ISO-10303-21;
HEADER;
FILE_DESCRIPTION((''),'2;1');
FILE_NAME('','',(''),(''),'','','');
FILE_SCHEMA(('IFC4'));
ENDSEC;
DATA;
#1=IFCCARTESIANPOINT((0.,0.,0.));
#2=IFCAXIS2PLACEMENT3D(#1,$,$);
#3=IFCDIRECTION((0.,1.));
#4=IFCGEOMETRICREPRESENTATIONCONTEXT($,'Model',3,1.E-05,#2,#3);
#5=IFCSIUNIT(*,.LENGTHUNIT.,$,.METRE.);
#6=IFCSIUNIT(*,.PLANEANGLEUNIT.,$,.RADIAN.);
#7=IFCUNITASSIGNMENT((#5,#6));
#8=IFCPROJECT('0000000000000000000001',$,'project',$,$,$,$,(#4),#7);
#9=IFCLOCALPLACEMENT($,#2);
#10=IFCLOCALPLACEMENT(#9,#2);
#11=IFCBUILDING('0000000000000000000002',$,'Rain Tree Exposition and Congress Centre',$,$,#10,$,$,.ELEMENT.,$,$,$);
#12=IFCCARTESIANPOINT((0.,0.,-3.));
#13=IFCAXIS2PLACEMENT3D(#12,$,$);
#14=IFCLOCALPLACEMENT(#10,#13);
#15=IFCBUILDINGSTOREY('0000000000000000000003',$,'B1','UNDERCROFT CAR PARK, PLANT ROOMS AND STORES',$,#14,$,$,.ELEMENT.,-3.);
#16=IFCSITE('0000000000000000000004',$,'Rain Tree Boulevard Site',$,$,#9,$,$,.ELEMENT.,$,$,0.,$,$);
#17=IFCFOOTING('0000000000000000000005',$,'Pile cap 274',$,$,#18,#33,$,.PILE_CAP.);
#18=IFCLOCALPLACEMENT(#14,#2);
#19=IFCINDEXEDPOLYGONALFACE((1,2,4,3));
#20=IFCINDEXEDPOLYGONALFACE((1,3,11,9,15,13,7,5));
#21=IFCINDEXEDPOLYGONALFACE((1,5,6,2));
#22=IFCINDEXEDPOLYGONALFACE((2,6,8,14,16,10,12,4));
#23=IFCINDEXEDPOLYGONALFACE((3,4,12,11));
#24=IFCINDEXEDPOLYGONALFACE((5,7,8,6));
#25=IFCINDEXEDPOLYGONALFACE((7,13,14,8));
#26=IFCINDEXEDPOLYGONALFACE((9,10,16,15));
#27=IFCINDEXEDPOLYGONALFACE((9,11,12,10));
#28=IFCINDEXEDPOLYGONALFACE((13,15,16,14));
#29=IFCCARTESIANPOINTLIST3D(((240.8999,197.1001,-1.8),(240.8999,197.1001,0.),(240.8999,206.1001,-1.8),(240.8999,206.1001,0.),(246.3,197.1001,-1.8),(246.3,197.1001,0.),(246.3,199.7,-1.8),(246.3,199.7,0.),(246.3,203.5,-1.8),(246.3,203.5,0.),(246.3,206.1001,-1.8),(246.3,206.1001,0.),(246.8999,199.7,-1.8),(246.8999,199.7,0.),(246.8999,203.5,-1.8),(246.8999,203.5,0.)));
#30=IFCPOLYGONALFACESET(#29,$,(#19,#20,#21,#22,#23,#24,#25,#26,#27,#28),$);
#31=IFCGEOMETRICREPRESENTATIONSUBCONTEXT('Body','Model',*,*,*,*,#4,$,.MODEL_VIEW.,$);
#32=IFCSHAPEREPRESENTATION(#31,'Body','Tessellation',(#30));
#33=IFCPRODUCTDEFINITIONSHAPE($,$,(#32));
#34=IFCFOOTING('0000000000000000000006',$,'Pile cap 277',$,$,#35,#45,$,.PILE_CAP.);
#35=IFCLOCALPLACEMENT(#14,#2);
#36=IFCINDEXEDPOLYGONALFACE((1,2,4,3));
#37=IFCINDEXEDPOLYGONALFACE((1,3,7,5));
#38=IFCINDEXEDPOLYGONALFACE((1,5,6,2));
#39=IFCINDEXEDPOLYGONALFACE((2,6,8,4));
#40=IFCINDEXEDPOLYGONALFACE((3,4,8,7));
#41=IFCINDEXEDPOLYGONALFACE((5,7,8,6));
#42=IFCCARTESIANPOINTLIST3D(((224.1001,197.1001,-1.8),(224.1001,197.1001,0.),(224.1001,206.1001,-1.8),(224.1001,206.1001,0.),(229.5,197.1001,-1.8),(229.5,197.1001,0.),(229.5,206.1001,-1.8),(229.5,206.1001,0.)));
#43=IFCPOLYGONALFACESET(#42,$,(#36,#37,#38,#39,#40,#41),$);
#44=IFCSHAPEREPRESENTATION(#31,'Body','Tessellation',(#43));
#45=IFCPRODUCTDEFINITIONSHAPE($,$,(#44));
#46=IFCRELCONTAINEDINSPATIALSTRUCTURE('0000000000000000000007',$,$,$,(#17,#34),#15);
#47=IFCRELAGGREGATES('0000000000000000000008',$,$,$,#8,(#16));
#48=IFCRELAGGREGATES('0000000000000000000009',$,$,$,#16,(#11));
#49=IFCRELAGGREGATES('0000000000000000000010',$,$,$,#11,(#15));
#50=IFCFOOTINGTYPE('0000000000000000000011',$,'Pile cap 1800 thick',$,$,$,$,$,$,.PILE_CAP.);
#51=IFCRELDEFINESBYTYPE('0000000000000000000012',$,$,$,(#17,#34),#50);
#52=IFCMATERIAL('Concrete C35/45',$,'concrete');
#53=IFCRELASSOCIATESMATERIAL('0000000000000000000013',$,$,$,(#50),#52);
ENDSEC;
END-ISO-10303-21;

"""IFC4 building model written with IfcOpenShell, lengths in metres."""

from ifc_helpers import new_model, si_unit, direction, frame, origin, place, context, subcontext, project, spatial, polyline, outline, extrude, material, type_object, element, save


model = new_model("IFC4")

# Units and contexts
model_context = context("Model", 3, precision=1e-05, world=origin(), true_north=direction((0.0, 1.0)))
body_context = subcontext(model_context, "Body", "Model", "MODEL_VIEW")
ifc_project = project(units=[si_unit("LENGTHUNIT", "METRE"), si_unit("PLANEANGLEUNIT", "RADIAN")], contexts=[model_context])

# Site, building, storey
site_placement = place(None, origin())
site = spatial("IfcSite", under=ifc_project, at=site_placement, Name="Rain Tree Boulevard Site", CompositionType="ELEMENT", RefElevation=0.0)
building_placement = place(site_placement, origin())
building = spatial("IfcBuilding", under=site, at=building_placement, Name="Rain Tree Exposition and Congress Centre", CompositionType="ELEMENT")
storey_placement = place(building_placement, frame((0.0, 0.0, -3.0)))
storey = spatial("IfcBuildingStorey", under=building, at=storey_placement, Name="B1", Description="UNDERCROFT CAR PARK, PLANT ROOMS AND STORES", CompositionType="ELEMENT", Elevation=-3.0)

# Footings
ifc_material_1 = material(Name="Concrete C35/45", Category="concrete")
footing_type_1 = type_object("IfcFootingType", Name="Pile cap 1800 thick", PredefinedType="PILE_CAP", material=ifc_material_1)
footing_1_placement = place(storey_placement, frame((0.0, 0.0, -1.8)))
element("IfcFooting", 1, at=footing_1_placement, inside=storey, type_object=footing_type_1, Name="Pile cap 274", PredefinedType="PILE_CAP", context=body_context, shape_type="SweptSolid", body=[
    extrude(outline(polyline([(246.3, 197.1001), (246.3, 199.7), (246.8999, 199.7), (246.8999, 203.5), (246.3, 203.5), (246.3, 206.1001), (240.8999, 206.1001), (240.8999, 197.1001), (246.3, 197.1001)])), origin(), (0.0, 0.0, 1.0), 1.8),
])
footing_2_placement = place(storey_placement, frame((0.0, 0.0, -1.8)))
element("IfcFooting", 2, at=footing_2_placement, inside=storey, type_object=footing_type_1, Name="Pile cap 277", PredefinedType="PILE_CAP", context=body_context, shape_type="SweptSolid", body=[
    extrude(outline(polyline([(229.5, 197.1001), (229.5, 206.1001), (224.1001, 206.1001), (224.1001, 197.1001), (229.5, 197.1001)])), origin(), (0.0, 0.0, 1.0), 1.8),
])

save(model, "model.ifc")
